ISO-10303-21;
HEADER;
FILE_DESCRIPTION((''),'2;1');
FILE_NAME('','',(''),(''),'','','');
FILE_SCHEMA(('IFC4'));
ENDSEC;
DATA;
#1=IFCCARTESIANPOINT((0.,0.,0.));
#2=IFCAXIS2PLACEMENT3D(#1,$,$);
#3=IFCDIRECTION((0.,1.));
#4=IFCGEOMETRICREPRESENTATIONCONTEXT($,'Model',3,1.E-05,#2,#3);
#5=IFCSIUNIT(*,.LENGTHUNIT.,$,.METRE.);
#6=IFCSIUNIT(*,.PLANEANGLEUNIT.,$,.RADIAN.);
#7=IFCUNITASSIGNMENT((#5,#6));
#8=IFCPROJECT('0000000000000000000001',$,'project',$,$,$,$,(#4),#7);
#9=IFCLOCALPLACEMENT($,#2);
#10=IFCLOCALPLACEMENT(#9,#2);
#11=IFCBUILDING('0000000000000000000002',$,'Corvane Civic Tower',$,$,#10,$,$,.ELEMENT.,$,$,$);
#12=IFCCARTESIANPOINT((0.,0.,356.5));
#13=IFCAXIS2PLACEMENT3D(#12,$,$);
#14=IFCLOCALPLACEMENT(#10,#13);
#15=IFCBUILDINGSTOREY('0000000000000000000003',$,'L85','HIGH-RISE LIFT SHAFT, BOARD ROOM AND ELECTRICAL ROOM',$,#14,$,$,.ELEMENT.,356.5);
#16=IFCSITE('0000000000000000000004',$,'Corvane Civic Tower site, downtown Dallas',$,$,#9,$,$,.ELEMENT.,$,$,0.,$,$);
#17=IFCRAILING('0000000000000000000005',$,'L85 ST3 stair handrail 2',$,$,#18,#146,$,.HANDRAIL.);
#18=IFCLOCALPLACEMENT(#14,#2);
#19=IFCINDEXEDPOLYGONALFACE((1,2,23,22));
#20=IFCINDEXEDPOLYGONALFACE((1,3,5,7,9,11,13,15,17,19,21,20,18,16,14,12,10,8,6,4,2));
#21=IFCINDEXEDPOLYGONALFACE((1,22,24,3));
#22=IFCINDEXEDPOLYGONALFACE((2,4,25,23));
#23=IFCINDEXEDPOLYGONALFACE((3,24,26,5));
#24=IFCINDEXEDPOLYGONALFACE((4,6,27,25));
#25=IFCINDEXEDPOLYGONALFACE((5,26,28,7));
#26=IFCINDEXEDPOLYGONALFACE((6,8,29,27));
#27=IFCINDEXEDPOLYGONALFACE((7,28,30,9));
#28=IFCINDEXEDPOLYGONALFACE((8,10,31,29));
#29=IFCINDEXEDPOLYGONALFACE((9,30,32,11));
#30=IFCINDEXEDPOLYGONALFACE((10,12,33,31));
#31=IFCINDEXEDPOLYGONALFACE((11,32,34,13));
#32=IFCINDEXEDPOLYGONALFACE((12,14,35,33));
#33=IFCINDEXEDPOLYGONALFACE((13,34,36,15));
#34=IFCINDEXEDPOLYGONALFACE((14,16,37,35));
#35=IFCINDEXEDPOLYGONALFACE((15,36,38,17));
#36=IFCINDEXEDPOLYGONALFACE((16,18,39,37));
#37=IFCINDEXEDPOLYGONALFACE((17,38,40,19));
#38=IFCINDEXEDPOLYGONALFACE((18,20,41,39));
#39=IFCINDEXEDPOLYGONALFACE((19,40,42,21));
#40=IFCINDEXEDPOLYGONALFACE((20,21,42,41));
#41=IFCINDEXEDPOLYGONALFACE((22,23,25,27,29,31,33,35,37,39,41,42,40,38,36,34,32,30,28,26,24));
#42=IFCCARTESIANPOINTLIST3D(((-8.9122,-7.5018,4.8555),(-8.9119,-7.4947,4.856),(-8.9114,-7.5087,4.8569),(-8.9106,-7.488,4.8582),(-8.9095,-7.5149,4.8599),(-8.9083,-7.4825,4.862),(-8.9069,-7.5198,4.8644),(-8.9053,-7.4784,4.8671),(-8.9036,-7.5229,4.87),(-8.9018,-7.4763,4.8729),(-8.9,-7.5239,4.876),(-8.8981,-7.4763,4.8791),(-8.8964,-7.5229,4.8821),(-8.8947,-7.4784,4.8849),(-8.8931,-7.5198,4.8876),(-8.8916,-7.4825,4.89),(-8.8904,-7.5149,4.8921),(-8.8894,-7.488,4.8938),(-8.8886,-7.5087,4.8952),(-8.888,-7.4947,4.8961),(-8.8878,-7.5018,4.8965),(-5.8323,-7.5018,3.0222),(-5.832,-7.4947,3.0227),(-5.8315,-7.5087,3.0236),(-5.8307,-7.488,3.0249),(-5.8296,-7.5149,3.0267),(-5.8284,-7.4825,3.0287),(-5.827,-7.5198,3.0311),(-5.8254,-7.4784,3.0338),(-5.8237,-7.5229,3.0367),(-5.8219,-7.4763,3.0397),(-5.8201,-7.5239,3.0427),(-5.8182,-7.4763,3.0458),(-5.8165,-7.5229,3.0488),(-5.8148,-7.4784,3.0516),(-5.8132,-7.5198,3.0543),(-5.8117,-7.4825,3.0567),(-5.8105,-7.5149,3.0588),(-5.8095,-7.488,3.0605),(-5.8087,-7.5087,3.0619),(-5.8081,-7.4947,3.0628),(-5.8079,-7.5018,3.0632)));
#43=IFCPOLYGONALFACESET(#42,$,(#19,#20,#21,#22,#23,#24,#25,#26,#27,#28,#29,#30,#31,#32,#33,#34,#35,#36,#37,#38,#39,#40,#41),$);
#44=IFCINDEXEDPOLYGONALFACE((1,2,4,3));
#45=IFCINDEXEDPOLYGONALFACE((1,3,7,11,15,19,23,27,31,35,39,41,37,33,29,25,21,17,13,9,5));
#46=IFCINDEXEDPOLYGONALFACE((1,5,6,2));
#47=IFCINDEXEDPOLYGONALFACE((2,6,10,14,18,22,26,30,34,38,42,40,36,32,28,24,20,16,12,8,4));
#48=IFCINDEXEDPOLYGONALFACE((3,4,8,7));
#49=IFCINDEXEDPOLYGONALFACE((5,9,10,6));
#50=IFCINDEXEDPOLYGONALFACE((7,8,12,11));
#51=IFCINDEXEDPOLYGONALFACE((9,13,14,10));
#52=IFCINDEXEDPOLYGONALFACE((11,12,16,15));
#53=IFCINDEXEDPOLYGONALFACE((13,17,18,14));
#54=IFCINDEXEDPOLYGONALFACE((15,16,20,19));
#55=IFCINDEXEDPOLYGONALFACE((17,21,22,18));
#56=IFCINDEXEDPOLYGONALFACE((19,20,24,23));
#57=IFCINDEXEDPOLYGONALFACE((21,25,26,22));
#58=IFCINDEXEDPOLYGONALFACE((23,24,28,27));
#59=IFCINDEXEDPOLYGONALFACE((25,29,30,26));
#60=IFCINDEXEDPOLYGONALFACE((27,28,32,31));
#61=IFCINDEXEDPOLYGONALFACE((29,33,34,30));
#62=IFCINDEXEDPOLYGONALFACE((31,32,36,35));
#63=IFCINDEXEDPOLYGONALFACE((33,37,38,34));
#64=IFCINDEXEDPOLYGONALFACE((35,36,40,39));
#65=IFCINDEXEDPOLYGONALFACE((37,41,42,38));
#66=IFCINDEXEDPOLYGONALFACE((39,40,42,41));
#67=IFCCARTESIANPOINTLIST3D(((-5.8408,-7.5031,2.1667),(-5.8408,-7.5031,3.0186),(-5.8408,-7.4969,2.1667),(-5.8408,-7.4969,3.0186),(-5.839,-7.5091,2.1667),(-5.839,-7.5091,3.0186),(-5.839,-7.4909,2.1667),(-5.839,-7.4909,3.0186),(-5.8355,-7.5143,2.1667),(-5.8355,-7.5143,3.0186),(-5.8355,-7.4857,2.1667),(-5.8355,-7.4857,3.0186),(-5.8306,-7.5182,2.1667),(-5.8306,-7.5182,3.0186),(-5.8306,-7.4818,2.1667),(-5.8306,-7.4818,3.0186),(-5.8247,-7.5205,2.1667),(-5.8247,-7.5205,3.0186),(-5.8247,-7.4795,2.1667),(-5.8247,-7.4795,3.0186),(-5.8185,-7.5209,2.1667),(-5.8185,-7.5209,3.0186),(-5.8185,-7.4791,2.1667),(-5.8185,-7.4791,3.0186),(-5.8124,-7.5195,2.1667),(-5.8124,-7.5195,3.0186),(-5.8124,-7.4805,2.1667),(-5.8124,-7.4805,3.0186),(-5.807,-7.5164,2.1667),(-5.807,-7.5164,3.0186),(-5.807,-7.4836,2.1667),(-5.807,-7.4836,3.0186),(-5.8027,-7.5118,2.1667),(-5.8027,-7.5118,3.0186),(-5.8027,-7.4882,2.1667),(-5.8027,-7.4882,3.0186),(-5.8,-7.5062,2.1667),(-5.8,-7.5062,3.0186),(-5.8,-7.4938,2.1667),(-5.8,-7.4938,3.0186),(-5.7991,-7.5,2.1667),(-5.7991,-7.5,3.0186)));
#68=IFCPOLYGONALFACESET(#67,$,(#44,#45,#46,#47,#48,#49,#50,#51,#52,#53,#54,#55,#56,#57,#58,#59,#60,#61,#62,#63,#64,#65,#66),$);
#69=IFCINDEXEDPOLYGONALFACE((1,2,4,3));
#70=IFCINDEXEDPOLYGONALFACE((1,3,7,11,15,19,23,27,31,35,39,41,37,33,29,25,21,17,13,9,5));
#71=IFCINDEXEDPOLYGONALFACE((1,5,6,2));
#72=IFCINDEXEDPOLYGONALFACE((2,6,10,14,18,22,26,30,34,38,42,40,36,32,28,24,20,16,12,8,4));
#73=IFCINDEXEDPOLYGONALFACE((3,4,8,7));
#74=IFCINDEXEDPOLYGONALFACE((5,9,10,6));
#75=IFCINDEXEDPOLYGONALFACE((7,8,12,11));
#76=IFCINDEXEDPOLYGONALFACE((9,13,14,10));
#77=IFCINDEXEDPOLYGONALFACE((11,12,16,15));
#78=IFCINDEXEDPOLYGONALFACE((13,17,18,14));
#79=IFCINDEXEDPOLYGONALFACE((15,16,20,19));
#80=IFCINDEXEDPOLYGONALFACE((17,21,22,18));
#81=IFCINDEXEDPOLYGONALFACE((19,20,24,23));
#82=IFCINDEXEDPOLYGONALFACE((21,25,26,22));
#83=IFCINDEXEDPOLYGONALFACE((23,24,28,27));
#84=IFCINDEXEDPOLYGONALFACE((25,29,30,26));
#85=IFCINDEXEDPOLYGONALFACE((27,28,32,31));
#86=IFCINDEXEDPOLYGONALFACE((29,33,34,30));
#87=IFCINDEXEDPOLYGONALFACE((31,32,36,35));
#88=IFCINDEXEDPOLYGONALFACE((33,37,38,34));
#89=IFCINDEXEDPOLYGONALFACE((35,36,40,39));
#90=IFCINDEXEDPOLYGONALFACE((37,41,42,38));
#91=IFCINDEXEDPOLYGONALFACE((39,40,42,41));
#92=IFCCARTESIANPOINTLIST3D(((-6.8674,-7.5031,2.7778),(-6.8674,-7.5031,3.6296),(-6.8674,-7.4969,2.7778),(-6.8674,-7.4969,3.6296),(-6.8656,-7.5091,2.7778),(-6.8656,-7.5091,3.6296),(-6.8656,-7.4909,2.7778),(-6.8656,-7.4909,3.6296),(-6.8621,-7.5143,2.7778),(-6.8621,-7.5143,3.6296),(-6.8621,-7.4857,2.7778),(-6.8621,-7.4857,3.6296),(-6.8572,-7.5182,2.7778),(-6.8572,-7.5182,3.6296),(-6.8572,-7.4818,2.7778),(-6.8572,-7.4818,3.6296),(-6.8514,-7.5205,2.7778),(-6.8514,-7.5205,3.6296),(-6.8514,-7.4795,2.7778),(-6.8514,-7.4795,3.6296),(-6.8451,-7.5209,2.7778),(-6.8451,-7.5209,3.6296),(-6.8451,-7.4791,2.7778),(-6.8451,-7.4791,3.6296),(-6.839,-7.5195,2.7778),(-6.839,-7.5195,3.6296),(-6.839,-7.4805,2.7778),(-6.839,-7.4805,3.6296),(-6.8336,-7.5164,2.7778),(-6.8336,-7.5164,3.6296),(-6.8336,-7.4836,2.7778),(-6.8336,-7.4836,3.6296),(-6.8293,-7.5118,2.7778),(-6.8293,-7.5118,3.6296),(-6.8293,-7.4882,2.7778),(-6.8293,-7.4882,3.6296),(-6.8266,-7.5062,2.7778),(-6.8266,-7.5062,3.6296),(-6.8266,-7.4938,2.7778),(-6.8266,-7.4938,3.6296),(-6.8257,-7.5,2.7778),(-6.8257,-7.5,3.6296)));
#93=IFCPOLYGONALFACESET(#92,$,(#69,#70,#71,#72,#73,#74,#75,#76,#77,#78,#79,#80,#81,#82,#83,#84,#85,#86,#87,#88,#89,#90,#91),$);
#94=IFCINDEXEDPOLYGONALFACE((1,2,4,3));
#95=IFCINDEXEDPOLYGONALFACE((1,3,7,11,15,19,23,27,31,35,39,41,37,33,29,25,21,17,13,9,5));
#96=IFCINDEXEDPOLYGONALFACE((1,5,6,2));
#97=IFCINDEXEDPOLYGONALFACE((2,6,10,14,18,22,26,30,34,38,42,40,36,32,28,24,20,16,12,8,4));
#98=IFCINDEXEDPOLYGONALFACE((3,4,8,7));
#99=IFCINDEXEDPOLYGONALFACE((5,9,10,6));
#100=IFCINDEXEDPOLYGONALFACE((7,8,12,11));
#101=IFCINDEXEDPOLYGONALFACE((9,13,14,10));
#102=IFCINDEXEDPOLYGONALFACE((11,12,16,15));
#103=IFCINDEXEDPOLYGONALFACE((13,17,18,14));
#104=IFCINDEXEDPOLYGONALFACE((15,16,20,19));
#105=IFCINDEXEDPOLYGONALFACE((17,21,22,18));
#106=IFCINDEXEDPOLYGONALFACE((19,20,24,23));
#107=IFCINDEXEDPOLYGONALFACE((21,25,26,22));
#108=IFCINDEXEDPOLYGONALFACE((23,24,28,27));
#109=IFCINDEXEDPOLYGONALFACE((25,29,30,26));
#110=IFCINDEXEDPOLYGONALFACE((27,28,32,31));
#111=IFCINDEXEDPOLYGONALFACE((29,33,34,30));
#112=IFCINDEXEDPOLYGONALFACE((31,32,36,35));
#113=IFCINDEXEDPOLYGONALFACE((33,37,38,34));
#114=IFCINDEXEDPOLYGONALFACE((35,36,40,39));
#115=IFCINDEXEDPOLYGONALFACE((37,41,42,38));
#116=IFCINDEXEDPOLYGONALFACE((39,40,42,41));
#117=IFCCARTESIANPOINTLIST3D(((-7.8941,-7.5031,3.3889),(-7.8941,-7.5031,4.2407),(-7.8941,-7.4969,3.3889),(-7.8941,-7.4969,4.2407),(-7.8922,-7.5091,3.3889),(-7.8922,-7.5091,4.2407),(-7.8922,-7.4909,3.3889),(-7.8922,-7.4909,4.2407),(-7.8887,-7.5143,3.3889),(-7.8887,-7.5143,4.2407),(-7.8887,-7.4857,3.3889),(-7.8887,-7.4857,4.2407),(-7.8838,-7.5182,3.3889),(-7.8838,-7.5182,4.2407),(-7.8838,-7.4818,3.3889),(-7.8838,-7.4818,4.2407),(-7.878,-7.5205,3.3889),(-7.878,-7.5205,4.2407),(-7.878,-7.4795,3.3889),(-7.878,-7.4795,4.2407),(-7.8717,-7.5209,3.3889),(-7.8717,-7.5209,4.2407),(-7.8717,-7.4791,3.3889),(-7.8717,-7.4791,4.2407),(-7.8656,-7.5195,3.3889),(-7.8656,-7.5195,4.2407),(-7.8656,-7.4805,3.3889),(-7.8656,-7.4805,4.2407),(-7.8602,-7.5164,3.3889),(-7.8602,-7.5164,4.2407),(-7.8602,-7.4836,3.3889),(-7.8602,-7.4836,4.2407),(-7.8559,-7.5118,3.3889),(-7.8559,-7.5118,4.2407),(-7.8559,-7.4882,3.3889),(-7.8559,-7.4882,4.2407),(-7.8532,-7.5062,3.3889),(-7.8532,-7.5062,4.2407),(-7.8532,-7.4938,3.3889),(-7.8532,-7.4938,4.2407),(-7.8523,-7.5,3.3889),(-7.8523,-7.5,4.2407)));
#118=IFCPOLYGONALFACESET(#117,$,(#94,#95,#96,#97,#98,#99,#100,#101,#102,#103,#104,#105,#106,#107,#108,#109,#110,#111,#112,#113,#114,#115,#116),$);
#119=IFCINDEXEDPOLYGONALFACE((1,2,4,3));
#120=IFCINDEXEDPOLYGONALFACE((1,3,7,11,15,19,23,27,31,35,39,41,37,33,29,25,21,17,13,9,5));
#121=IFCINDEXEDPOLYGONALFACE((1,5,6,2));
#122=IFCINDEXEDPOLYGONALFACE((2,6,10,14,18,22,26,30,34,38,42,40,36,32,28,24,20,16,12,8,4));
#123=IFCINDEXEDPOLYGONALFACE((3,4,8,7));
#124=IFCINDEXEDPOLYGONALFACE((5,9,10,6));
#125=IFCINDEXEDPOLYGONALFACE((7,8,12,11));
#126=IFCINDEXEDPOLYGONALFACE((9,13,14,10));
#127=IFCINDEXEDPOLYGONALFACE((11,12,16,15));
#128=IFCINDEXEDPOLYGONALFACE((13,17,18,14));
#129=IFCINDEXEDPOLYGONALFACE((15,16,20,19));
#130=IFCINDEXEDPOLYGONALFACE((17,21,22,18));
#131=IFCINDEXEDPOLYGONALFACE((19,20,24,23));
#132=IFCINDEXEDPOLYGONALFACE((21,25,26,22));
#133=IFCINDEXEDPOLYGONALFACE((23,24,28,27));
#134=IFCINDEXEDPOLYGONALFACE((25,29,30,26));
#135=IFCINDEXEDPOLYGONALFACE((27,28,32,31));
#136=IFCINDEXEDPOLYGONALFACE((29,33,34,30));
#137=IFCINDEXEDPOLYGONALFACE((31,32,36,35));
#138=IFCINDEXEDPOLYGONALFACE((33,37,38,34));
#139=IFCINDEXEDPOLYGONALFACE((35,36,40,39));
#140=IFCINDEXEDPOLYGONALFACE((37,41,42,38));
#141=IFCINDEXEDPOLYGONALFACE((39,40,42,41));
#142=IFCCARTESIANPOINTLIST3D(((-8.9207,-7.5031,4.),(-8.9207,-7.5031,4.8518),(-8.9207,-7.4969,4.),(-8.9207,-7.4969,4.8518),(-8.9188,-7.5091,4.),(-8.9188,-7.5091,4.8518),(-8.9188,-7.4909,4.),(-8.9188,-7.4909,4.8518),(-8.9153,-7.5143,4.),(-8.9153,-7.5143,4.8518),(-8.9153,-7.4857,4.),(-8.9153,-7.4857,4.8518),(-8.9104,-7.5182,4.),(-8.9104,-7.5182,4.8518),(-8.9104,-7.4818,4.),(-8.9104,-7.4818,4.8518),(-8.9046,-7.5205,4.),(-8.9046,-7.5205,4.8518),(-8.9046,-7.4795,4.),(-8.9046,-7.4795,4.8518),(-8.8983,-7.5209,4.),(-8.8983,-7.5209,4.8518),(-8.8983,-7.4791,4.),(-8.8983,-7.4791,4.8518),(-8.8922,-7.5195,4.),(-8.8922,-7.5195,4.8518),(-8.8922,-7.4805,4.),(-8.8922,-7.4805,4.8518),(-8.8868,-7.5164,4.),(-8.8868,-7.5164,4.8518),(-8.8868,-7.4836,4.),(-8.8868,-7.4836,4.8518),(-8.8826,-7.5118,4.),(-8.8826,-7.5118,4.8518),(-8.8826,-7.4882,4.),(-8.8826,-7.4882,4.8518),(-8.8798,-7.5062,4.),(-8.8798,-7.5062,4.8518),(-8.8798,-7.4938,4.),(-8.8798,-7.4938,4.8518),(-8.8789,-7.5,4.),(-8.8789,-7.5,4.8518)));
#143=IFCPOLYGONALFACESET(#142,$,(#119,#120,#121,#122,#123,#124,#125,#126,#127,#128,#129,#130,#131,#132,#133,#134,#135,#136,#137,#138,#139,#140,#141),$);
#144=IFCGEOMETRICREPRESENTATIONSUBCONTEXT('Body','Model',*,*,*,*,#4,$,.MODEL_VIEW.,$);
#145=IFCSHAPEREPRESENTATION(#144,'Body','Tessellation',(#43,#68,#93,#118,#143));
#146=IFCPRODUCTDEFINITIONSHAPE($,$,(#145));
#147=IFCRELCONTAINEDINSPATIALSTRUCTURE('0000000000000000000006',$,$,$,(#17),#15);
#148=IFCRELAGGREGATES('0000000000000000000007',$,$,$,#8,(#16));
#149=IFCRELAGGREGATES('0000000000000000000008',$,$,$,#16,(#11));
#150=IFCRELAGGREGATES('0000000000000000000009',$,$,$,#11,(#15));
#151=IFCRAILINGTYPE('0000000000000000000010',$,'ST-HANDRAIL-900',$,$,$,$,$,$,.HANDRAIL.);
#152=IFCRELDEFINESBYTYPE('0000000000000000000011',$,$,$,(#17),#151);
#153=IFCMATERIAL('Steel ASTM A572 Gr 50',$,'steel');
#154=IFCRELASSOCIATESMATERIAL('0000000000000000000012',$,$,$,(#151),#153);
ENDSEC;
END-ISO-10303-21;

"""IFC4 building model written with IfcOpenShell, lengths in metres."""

from ifc_helpers import new_model, si_unit, direction, frame, origin, origin_2d, place, context, subcontext, project, spatial, circle, extrude, material, type_object, element, save


model = new_model("IFC4")

# Units and contexts
model_context = context("Model", 3, precision=1e-05, world=origin(), true_north=direction((0.0, 1.0)))
body_context = subcontext(model_context, "Body", "Model", "MODEL_VIEW")
ifc_project = project(units=[si_unit("LENGTHUNIT", "METRE"), si_unit("PLANEANGLEUNIT", "RADIAN")], contexts=[model_context])

# Site, building, storey
site_placement = place(None, origin())
site = spatial("IfcSite", under=ifc_project, at=site_placement, Name="Corvane Civic Tower site, downtown Dallas", CompositionType="ELEMENT", RefElevation=0.0)
building_placement = place(site_placement, origin())
building = spatial("IfcBuilding", under=site, at=building_placement, Name="Corvane Civic Tower", CompositionType="ELEMENT")
storey_placement = place(building_placement, frame((0.0, 0.0, 356.5)))
storey = spatial("IfcBuildingStorey", under=building, at=storey_placement, Name="L85", Description="HIGH-RISE LIFT SHAFT, BOARD ROOM AND ELECTRICAL ROOM", CompositionType="ELEMENT", Elevation=356.5)

# Railing
ifc_material_1 = material(Name="Steel ASTM A572 Gr 50", Category="steel")
railing_type_1 = type_object("IfcRailingType", Name="ST-HANDRAIL-900", PredefinedType="HANDRAIL", material=ifc_material_1)
railing_1_placement = place(storey_placement, frame((-5.8201, -7.5, 2.1667)))
element("IfcRailing", 1, at=railing_1_placement, inside=storey, type_object=railing_type_1, Name="L85 ST3 stair handrail 2", PredefinedType="HANDRAIL", context=body_context, shape_type="SweptSolid", body=[
    extrude(circle(Radius=0.0239, at=origin_2d()), frame((0.0, 0.0, 0.876), z_axis=(-0.859291, 0.0, 0.511487), x_axis=(0.0, -1.0, 0.0)), (0.0, 0.0, 1.0), 3.5842),
    extrude(circle(Radius=0.021, at=origin_2d()), origin(), (0.0, 0.0, 1.0), 0.8518),
    extrude(circle(Radius=0.021, at=origin_2d()), frame((-1.0266, 0.0, 0.6111)), (0.0, 0.0, 1.0), 0.8518),
    extrude(circle(Radius=0.021, at=origin_2d()), frame((-2.0532, 0.0, 1.2222)), (0.0, 0.0, 1.0), 0.8518),
    extrude(circle(Radius=0.021, at=origin_2d()), frame((-3.0798, 0.0, 1.8333)), (0.0, 0.0, 1.0), 0.8518),
])

save(model, "model.ifc")
